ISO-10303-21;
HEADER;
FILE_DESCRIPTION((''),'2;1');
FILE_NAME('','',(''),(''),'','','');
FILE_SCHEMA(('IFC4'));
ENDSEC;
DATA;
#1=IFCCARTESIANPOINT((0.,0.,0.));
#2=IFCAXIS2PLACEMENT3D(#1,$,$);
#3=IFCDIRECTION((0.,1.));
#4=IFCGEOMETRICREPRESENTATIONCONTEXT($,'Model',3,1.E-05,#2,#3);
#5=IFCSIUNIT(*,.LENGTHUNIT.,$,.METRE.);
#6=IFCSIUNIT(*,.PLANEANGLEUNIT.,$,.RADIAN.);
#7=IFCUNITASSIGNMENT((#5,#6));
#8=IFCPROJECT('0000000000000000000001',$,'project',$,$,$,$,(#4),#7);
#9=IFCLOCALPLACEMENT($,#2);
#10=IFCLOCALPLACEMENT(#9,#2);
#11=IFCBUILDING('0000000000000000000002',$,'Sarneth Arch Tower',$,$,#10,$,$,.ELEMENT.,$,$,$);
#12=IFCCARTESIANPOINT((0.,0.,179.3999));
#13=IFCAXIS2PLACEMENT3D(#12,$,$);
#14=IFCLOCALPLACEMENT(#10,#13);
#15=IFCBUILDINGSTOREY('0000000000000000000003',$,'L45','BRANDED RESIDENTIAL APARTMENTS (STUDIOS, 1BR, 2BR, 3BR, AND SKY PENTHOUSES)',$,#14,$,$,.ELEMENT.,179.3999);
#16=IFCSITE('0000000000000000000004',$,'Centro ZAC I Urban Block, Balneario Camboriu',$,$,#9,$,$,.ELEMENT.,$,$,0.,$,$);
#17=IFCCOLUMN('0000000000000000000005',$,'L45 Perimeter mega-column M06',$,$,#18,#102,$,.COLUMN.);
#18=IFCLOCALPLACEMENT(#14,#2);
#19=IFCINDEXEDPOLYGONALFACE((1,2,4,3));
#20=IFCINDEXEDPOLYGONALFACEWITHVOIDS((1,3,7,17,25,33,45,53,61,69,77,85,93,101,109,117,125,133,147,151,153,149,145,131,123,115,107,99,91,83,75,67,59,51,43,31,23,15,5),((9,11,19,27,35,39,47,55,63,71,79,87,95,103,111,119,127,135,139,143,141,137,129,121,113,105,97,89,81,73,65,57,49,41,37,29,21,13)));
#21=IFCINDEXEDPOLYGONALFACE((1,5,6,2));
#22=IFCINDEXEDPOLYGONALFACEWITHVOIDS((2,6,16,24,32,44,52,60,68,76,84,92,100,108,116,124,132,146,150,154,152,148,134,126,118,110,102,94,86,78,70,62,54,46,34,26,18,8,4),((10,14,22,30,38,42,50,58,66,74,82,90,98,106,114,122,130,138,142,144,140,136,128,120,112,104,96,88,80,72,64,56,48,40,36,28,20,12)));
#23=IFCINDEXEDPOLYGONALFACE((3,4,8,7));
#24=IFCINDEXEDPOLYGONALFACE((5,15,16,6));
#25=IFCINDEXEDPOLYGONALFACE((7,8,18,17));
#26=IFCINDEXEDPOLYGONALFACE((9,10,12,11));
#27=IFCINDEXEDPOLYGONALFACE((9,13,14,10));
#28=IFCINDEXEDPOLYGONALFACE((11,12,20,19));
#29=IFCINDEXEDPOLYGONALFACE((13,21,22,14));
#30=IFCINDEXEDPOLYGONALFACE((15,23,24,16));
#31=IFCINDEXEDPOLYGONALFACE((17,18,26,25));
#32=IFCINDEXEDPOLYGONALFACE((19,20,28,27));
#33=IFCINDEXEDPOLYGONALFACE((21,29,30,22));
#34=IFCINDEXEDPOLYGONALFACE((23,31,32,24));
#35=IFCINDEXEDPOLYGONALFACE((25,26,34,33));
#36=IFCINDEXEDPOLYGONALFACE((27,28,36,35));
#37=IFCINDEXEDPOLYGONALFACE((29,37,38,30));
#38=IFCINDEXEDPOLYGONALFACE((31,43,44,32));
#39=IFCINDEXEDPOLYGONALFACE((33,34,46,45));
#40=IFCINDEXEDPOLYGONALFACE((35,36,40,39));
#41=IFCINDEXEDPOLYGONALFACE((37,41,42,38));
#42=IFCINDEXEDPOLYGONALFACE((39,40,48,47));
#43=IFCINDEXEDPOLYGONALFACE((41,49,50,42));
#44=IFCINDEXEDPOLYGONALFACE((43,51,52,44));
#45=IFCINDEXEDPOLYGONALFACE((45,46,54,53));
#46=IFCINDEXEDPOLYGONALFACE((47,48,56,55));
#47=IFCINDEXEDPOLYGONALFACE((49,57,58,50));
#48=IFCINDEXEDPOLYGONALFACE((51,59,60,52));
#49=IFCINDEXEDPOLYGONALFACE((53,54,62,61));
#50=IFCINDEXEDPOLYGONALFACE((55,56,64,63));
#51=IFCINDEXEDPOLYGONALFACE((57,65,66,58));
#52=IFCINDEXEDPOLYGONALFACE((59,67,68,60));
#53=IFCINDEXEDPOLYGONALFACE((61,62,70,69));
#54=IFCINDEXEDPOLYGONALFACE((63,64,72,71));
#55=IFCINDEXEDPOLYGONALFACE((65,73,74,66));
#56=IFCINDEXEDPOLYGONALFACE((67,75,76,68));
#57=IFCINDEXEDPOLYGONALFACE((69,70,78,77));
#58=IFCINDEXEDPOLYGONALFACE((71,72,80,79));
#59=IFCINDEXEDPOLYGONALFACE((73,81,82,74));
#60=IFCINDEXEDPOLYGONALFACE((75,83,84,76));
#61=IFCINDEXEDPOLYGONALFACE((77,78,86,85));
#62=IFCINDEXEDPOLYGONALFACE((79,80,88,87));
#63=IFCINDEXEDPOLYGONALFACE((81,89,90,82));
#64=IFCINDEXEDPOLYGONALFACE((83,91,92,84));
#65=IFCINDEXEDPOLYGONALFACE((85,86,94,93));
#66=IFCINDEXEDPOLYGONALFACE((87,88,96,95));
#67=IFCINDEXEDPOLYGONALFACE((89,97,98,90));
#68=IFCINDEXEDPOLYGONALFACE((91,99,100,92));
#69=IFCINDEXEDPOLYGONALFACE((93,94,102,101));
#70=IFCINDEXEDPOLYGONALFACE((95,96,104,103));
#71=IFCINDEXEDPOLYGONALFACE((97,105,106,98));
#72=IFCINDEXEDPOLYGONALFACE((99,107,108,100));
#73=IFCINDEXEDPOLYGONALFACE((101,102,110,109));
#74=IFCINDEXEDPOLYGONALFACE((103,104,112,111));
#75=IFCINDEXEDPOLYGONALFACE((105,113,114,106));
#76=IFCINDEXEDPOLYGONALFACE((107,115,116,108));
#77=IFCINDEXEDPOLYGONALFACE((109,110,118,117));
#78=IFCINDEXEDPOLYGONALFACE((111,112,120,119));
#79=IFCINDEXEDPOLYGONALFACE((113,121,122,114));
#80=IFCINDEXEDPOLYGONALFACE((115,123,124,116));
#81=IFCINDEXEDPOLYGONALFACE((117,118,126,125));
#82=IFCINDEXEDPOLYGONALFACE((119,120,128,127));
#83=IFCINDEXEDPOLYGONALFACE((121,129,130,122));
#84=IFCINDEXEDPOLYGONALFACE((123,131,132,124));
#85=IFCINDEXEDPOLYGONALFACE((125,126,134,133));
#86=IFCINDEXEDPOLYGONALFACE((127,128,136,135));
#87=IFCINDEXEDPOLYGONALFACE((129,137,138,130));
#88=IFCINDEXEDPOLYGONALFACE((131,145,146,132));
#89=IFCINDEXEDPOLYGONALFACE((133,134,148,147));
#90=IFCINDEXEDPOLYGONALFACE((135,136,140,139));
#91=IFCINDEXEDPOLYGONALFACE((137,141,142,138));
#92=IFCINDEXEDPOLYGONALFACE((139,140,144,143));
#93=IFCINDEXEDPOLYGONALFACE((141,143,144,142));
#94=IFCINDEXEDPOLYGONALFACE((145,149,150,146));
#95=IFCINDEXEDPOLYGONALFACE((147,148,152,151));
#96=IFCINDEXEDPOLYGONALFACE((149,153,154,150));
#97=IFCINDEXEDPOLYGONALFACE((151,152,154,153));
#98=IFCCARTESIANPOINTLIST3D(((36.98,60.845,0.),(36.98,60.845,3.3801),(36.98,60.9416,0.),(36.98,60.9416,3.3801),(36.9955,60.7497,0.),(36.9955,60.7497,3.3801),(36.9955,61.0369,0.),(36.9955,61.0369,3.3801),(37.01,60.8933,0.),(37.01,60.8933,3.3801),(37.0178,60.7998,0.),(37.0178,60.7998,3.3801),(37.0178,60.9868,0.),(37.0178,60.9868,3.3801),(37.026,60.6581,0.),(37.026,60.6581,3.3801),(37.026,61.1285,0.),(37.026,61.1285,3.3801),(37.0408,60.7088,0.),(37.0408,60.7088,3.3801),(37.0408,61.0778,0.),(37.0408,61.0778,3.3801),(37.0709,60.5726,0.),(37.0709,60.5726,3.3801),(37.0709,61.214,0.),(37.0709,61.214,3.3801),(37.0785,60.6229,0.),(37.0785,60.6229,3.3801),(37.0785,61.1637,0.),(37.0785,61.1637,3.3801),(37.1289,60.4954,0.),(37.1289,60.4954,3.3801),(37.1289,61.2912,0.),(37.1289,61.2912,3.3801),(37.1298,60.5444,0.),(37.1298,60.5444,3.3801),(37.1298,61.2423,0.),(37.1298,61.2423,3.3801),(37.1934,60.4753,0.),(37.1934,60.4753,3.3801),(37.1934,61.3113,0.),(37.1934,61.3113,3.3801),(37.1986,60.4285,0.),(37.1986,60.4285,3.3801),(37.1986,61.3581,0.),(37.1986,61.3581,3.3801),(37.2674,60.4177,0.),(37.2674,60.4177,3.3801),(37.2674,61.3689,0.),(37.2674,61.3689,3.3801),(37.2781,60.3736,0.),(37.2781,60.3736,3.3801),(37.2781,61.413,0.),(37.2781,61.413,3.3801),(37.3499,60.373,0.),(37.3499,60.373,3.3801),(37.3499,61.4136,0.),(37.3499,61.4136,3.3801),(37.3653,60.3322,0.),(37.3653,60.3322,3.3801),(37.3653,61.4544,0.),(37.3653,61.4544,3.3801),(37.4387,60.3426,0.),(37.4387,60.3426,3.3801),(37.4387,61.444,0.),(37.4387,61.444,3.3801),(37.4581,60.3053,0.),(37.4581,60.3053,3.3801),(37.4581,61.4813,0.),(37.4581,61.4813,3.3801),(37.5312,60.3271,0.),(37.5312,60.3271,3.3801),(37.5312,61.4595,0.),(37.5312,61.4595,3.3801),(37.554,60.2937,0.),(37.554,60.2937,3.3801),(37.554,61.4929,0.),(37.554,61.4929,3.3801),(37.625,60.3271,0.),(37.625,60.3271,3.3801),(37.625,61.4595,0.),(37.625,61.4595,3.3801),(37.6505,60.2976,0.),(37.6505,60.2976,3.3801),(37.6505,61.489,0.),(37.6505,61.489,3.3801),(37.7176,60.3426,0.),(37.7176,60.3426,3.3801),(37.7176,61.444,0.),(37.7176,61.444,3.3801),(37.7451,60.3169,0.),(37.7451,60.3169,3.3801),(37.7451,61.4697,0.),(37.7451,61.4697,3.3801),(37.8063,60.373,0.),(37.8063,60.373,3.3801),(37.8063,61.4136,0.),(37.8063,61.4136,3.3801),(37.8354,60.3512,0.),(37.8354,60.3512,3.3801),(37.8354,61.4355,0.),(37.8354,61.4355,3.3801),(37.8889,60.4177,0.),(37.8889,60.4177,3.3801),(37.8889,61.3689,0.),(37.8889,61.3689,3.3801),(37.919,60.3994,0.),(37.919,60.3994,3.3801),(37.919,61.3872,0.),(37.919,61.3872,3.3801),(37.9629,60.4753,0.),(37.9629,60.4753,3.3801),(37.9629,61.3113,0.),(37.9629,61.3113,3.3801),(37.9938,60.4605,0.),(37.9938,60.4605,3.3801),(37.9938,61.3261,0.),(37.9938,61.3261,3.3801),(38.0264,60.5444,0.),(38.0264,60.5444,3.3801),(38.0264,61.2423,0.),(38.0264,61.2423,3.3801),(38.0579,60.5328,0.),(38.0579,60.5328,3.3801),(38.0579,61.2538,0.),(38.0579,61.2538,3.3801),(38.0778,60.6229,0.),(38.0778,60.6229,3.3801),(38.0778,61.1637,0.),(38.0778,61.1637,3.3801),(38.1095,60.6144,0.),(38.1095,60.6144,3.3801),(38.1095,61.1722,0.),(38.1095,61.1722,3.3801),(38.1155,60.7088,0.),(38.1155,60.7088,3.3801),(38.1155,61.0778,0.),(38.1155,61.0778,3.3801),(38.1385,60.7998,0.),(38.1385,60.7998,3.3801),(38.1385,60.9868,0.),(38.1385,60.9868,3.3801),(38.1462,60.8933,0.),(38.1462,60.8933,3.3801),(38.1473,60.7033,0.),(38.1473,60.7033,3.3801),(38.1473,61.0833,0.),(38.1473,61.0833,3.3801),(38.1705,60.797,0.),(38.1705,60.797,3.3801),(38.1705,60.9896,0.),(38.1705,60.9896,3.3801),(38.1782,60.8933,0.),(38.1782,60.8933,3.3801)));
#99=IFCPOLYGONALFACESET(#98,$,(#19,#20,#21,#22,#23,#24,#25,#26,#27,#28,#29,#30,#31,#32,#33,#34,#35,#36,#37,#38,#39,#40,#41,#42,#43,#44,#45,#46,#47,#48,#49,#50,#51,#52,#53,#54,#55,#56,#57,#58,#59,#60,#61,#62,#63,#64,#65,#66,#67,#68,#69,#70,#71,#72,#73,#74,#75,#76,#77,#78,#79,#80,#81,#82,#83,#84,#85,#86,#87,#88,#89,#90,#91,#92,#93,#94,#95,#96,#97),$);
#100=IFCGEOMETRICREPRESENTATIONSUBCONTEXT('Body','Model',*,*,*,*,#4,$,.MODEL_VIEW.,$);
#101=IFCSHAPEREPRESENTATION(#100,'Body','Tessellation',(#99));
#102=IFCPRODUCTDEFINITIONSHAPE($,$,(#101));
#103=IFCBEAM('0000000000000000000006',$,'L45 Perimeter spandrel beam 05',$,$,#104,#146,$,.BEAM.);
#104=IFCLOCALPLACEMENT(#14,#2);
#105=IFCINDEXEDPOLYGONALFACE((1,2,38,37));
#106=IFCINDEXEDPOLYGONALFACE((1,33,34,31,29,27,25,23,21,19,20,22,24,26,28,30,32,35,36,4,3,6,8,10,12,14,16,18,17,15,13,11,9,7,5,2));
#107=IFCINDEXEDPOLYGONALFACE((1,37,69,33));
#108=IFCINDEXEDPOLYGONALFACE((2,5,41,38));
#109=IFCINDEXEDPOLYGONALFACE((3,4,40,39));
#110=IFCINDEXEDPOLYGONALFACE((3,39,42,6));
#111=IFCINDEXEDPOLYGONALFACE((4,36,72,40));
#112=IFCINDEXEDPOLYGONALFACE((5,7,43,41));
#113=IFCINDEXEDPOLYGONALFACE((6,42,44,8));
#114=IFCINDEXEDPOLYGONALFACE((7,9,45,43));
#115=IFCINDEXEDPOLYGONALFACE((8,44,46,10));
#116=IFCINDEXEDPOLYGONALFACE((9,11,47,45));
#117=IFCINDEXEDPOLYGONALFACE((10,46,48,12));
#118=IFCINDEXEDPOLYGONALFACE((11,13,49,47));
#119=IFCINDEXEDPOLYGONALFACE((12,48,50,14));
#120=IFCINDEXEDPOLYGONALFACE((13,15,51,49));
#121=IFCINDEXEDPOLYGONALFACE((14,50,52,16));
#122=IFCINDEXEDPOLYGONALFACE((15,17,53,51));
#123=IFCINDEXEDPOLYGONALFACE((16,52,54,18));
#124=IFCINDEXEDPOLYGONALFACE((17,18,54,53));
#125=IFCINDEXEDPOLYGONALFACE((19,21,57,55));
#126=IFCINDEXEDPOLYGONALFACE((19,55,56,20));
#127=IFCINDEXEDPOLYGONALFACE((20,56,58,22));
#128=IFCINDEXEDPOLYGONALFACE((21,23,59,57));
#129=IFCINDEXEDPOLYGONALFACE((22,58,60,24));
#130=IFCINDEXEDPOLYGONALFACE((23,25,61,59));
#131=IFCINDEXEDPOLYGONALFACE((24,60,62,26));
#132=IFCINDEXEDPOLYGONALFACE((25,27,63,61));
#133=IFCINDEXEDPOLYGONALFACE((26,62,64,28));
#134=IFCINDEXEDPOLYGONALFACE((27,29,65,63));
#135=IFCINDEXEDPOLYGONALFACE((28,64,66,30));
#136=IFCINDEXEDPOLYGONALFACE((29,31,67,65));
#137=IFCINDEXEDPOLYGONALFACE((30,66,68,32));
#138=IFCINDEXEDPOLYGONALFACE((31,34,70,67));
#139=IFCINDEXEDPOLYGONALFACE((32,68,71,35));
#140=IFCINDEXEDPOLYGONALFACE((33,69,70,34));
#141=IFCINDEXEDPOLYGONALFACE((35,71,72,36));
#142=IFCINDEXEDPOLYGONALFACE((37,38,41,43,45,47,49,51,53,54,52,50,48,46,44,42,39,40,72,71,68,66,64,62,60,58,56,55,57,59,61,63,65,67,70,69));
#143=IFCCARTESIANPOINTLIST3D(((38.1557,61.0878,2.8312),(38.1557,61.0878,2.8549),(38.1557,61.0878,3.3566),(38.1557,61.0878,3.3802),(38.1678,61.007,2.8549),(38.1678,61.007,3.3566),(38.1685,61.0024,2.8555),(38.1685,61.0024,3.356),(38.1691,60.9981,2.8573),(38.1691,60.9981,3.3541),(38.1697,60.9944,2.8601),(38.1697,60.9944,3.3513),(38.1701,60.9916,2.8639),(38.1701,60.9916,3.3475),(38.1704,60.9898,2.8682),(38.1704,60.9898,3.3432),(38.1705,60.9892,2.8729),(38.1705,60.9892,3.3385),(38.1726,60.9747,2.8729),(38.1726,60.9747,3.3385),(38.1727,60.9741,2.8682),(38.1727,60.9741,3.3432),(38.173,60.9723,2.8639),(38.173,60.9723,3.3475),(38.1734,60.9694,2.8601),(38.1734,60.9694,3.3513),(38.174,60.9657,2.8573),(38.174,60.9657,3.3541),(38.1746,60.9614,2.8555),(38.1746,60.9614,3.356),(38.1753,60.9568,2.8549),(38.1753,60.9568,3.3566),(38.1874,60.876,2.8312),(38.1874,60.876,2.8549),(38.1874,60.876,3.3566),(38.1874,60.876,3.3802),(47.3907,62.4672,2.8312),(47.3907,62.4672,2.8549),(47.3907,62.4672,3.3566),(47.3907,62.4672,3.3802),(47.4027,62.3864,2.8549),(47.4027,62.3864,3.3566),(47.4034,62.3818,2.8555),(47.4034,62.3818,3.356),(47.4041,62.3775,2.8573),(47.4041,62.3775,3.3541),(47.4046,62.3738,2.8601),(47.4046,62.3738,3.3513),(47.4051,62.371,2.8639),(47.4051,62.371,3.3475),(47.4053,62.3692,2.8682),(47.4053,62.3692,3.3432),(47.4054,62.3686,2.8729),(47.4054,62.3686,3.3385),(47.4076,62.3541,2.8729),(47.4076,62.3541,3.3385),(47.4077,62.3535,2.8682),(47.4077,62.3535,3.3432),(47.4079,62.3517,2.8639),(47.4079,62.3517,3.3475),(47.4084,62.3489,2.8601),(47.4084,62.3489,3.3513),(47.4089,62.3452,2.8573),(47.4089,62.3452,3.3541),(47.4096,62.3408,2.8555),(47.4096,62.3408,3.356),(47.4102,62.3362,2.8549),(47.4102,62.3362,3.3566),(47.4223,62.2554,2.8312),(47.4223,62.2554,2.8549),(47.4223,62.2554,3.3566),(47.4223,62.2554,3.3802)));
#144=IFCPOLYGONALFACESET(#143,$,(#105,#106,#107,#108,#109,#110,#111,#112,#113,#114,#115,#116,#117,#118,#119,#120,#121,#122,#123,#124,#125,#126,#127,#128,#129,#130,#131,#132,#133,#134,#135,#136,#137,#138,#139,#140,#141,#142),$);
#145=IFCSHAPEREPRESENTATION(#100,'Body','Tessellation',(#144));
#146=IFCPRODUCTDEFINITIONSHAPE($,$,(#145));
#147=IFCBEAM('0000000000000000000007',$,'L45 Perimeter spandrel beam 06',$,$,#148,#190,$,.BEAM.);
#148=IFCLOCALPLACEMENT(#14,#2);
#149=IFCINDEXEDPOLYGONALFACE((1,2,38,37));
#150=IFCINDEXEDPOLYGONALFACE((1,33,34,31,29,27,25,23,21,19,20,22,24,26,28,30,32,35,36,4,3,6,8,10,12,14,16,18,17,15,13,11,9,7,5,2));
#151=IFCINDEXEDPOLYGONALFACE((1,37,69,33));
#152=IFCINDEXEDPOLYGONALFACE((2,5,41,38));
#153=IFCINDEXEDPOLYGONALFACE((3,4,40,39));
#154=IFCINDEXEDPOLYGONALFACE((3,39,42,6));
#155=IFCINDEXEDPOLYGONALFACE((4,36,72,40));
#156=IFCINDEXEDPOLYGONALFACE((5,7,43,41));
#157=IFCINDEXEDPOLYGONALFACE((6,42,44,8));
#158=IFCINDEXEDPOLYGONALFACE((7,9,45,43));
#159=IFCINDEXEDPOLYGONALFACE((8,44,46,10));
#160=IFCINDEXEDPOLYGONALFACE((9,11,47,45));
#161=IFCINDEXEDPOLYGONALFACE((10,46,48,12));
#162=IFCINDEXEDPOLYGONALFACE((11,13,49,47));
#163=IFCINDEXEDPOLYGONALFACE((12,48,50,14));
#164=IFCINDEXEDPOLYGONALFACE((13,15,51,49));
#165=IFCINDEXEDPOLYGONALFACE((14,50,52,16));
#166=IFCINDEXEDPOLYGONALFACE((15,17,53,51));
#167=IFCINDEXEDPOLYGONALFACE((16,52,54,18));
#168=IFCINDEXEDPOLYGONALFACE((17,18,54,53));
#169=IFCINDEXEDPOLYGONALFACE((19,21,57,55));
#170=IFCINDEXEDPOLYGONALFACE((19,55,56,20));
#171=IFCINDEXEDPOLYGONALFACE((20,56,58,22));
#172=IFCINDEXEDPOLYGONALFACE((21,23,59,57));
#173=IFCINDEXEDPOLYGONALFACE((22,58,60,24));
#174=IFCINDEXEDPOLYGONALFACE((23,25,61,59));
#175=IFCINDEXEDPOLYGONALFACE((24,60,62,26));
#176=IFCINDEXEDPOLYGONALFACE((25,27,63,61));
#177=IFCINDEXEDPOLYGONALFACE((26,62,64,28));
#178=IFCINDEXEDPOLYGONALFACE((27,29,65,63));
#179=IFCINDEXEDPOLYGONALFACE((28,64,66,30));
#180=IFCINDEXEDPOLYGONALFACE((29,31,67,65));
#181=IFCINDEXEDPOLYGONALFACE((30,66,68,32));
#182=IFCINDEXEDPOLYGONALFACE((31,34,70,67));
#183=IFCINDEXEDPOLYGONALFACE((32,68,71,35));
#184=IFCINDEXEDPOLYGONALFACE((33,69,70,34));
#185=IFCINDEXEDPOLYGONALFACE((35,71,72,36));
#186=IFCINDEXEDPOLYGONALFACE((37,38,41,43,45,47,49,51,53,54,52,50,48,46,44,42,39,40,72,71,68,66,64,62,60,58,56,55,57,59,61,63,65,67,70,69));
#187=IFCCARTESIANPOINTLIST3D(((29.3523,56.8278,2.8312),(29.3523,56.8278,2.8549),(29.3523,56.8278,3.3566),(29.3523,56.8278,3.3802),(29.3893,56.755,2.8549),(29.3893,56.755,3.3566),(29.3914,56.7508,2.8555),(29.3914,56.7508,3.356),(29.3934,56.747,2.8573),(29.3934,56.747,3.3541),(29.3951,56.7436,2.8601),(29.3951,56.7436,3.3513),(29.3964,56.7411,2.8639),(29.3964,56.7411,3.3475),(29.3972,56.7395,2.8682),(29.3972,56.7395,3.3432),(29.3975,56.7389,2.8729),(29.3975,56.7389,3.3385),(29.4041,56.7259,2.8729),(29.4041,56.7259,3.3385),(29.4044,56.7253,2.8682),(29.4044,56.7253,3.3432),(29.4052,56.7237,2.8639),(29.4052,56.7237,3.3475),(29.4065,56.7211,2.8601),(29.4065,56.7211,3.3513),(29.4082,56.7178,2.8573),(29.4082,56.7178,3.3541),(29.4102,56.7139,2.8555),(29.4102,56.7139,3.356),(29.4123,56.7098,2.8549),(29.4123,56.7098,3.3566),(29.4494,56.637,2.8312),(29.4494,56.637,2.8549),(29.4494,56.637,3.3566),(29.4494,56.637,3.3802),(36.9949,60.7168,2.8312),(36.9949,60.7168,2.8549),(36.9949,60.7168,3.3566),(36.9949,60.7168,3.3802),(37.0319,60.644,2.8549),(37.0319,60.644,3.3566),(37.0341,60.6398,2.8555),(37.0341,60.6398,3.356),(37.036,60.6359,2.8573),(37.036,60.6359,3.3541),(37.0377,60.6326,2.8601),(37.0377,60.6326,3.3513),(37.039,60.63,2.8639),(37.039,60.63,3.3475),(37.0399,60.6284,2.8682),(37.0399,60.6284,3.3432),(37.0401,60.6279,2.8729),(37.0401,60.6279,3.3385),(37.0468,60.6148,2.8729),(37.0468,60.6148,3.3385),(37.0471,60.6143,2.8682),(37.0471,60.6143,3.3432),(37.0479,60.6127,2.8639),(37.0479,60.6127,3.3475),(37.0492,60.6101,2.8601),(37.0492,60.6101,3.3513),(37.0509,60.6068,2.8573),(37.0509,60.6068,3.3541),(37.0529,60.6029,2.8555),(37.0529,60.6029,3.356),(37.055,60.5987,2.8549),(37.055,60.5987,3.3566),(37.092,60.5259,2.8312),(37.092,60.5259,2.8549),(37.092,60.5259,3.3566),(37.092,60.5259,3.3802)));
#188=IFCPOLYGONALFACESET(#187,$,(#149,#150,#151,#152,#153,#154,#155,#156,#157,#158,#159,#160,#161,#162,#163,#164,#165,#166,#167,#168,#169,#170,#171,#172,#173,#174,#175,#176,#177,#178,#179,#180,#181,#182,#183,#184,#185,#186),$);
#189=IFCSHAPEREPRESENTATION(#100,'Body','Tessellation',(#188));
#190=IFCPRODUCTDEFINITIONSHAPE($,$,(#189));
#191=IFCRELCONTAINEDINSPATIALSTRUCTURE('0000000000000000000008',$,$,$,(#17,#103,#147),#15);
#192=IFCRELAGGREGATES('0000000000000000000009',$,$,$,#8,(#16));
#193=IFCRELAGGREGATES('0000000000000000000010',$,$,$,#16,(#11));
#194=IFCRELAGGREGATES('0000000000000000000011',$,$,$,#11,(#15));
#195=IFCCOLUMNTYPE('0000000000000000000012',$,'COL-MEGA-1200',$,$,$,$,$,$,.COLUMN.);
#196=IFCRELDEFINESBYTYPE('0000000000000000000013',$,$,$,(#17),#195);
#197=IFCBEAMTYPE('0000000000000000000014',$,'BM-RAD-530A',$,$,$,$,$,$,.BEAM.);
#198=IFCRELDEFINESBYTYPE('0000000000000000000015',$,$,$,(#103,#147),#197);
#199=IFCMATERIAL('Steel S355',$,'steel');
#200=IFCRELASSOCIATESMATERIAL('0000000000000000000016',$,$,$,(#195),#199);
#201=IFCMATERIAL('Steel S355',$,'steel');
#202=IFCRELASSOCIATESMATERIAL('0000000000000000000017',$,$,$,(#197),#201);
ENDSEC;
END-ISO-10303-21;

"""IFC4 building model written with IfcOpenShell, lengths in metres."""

from ifc_helpers import new_model, si_unit, direction, frame, origin, origin_2d, place, context, subcontext, project, spatial, hollow_circle, i_section, extrude, material, material_profile, profile_set, type_object, element, save


model = new_model("IFC4")

# Units and contexts
model_context = context("Model", 3, precision=1e-05, world=origin(), true_north=direction((0.0, 1.0)))
body_context = subcontext(model_context, "Body", "Model", "MODEL_VIEW")
ifc_project = project(units=[si_unit("LENGTHUNIT", "METRE"), si_unit("PLANEANGLEUNIT", "RADIAN")], contexts=[model_context])

# Site, building, storey
site_placement = place(None, origin())
site = spatial("IfcSite", under=ifc_project, at=site_placement, Name="Centro ZAC I Urban Block, Balneario Camboriu", CompositionType="ELEMENT", RefElevation=0.0)
building_placement = place(site_placement, origin())
building = spatial("IfcBuilding", under=site, at=building_placement, Name="Sarneth Arch Tower", CompositionType="ELEMENT")
storey_placement = place(building_placement, frame((0.0, 0.0, 179.3999)))
storey = spatial("IfcBuildingStorey", under=building, at=storey_placement, Name="L45", Description="BRANDED RESIDENTIAL APARTMENTS (STUDIOS, 1BR, 2BR, 3BR, AND SKY PENTHOUSES)", CompositionType="ELEMENT", Elevation=179.3999)

# Column
ifc_material_1 = material(Name="Steel S355", Category="steel")
ifc_material_profile_1 = material_profile(ifc_material_1, hollow_circle(Radius=0.6001, WallThickness=0.032, at=origin_2d()), Name="CHS1200x32")
ifc_profile_set_1 = profile_set([ifc_material_profile_1], Name="Steel S355")
column_type = type_object("IfcColumnType", Name="COL-MEGA-1200", PredefinedType="COLUMN", material=ifc_profile_set_1)
column_placement = place(storey_placement, frame((37.5781, 60.8933, 0.0), z_axis=(0.0, 0.0, 1.0), x_axis=(1.0, 0.0, 0.0)))
element("IfcColumn", 1, at=column_placement, inside=storey, type_object=column_type, Name="L45 Perimeter mega-column M06", PredefinedType="COLUMN", context=body_context, shape_type="SweptSolid", body=[
    extrude(hollow_circle(Radius=0.6001, WallThickness=0.032, at=origin_2d()), origin(), (0.0, 0.0, 1.0), 3.3801),
])

# Beams
ifc_material_2 = material(Name="Steel S355", Category="steel")
ifc_material_profile_2 = material_profile(ifc_material_2, i_section(OverallWidth=0.2141, OverallDepth=0.5491, WebThickness=0.0146, FlangeThickness=0.0237, FilletRadius=0.0181, at=origin_2d()), Name="W530x138")
ifc_profile_set_2 = profile_set([ifc_material_profile_2], Name="Steel S355")
beam_type = type_object("IfcBeamType", Name="BM-RAD-530A", PredefinedType="BEAM", material=ifc_profile_set_2)
beam_1_placement = place(storey_placement, frame((47.4065, 62.3613, 3.1057), z_axis=(-0.989028, -0.147729, 0.0), x_axis=(0.147729, -0.989028, 0.0)))
element("IfcBeam", 2, at=beam_1_placement, inside=storey, type_object=beam_type, Name="L45 Perimeter spandrel beam 05", PredefinedType="BEAM", context=body_context, shape_type="SweptSolid", body=[
    extrude(i_section(OverallWidth=0.2141, OverallDepth=0.5491, WebThickness=0.0146, FlangeThickness=0.0237, FilletRadius=0.0181, at=origin_2d()), origin(), (0.0, 0.0, 1.0), 9.3374),
])
beam_2_placement = place(storey_placement, frame((37.0435, 60.6213, 3.1057), z_axis=(-0.89125, -0.453512, 0.0), x_axis=(0.453512, -0.89125, 0.0)))
element("IfcBeam", 3, at=beam_2_placement, inside=storey, type_object=beam_type, Name="L45 Perimeter spandrel beam 06", PredefinedType="BEAM", context=body_context, shape_type="SweptSolid", body=[
    extrude(i_section(OverallWidth=0.2141, OverallDepth=0.5491, WebThickness=0.0146, FlangeThickness=0.0237, FilletRadius=0.0181, at=origin_2d()), origin(), (0.0, 0.0, 1.0), 8.5752),
])

save(model, "model.ifc")
